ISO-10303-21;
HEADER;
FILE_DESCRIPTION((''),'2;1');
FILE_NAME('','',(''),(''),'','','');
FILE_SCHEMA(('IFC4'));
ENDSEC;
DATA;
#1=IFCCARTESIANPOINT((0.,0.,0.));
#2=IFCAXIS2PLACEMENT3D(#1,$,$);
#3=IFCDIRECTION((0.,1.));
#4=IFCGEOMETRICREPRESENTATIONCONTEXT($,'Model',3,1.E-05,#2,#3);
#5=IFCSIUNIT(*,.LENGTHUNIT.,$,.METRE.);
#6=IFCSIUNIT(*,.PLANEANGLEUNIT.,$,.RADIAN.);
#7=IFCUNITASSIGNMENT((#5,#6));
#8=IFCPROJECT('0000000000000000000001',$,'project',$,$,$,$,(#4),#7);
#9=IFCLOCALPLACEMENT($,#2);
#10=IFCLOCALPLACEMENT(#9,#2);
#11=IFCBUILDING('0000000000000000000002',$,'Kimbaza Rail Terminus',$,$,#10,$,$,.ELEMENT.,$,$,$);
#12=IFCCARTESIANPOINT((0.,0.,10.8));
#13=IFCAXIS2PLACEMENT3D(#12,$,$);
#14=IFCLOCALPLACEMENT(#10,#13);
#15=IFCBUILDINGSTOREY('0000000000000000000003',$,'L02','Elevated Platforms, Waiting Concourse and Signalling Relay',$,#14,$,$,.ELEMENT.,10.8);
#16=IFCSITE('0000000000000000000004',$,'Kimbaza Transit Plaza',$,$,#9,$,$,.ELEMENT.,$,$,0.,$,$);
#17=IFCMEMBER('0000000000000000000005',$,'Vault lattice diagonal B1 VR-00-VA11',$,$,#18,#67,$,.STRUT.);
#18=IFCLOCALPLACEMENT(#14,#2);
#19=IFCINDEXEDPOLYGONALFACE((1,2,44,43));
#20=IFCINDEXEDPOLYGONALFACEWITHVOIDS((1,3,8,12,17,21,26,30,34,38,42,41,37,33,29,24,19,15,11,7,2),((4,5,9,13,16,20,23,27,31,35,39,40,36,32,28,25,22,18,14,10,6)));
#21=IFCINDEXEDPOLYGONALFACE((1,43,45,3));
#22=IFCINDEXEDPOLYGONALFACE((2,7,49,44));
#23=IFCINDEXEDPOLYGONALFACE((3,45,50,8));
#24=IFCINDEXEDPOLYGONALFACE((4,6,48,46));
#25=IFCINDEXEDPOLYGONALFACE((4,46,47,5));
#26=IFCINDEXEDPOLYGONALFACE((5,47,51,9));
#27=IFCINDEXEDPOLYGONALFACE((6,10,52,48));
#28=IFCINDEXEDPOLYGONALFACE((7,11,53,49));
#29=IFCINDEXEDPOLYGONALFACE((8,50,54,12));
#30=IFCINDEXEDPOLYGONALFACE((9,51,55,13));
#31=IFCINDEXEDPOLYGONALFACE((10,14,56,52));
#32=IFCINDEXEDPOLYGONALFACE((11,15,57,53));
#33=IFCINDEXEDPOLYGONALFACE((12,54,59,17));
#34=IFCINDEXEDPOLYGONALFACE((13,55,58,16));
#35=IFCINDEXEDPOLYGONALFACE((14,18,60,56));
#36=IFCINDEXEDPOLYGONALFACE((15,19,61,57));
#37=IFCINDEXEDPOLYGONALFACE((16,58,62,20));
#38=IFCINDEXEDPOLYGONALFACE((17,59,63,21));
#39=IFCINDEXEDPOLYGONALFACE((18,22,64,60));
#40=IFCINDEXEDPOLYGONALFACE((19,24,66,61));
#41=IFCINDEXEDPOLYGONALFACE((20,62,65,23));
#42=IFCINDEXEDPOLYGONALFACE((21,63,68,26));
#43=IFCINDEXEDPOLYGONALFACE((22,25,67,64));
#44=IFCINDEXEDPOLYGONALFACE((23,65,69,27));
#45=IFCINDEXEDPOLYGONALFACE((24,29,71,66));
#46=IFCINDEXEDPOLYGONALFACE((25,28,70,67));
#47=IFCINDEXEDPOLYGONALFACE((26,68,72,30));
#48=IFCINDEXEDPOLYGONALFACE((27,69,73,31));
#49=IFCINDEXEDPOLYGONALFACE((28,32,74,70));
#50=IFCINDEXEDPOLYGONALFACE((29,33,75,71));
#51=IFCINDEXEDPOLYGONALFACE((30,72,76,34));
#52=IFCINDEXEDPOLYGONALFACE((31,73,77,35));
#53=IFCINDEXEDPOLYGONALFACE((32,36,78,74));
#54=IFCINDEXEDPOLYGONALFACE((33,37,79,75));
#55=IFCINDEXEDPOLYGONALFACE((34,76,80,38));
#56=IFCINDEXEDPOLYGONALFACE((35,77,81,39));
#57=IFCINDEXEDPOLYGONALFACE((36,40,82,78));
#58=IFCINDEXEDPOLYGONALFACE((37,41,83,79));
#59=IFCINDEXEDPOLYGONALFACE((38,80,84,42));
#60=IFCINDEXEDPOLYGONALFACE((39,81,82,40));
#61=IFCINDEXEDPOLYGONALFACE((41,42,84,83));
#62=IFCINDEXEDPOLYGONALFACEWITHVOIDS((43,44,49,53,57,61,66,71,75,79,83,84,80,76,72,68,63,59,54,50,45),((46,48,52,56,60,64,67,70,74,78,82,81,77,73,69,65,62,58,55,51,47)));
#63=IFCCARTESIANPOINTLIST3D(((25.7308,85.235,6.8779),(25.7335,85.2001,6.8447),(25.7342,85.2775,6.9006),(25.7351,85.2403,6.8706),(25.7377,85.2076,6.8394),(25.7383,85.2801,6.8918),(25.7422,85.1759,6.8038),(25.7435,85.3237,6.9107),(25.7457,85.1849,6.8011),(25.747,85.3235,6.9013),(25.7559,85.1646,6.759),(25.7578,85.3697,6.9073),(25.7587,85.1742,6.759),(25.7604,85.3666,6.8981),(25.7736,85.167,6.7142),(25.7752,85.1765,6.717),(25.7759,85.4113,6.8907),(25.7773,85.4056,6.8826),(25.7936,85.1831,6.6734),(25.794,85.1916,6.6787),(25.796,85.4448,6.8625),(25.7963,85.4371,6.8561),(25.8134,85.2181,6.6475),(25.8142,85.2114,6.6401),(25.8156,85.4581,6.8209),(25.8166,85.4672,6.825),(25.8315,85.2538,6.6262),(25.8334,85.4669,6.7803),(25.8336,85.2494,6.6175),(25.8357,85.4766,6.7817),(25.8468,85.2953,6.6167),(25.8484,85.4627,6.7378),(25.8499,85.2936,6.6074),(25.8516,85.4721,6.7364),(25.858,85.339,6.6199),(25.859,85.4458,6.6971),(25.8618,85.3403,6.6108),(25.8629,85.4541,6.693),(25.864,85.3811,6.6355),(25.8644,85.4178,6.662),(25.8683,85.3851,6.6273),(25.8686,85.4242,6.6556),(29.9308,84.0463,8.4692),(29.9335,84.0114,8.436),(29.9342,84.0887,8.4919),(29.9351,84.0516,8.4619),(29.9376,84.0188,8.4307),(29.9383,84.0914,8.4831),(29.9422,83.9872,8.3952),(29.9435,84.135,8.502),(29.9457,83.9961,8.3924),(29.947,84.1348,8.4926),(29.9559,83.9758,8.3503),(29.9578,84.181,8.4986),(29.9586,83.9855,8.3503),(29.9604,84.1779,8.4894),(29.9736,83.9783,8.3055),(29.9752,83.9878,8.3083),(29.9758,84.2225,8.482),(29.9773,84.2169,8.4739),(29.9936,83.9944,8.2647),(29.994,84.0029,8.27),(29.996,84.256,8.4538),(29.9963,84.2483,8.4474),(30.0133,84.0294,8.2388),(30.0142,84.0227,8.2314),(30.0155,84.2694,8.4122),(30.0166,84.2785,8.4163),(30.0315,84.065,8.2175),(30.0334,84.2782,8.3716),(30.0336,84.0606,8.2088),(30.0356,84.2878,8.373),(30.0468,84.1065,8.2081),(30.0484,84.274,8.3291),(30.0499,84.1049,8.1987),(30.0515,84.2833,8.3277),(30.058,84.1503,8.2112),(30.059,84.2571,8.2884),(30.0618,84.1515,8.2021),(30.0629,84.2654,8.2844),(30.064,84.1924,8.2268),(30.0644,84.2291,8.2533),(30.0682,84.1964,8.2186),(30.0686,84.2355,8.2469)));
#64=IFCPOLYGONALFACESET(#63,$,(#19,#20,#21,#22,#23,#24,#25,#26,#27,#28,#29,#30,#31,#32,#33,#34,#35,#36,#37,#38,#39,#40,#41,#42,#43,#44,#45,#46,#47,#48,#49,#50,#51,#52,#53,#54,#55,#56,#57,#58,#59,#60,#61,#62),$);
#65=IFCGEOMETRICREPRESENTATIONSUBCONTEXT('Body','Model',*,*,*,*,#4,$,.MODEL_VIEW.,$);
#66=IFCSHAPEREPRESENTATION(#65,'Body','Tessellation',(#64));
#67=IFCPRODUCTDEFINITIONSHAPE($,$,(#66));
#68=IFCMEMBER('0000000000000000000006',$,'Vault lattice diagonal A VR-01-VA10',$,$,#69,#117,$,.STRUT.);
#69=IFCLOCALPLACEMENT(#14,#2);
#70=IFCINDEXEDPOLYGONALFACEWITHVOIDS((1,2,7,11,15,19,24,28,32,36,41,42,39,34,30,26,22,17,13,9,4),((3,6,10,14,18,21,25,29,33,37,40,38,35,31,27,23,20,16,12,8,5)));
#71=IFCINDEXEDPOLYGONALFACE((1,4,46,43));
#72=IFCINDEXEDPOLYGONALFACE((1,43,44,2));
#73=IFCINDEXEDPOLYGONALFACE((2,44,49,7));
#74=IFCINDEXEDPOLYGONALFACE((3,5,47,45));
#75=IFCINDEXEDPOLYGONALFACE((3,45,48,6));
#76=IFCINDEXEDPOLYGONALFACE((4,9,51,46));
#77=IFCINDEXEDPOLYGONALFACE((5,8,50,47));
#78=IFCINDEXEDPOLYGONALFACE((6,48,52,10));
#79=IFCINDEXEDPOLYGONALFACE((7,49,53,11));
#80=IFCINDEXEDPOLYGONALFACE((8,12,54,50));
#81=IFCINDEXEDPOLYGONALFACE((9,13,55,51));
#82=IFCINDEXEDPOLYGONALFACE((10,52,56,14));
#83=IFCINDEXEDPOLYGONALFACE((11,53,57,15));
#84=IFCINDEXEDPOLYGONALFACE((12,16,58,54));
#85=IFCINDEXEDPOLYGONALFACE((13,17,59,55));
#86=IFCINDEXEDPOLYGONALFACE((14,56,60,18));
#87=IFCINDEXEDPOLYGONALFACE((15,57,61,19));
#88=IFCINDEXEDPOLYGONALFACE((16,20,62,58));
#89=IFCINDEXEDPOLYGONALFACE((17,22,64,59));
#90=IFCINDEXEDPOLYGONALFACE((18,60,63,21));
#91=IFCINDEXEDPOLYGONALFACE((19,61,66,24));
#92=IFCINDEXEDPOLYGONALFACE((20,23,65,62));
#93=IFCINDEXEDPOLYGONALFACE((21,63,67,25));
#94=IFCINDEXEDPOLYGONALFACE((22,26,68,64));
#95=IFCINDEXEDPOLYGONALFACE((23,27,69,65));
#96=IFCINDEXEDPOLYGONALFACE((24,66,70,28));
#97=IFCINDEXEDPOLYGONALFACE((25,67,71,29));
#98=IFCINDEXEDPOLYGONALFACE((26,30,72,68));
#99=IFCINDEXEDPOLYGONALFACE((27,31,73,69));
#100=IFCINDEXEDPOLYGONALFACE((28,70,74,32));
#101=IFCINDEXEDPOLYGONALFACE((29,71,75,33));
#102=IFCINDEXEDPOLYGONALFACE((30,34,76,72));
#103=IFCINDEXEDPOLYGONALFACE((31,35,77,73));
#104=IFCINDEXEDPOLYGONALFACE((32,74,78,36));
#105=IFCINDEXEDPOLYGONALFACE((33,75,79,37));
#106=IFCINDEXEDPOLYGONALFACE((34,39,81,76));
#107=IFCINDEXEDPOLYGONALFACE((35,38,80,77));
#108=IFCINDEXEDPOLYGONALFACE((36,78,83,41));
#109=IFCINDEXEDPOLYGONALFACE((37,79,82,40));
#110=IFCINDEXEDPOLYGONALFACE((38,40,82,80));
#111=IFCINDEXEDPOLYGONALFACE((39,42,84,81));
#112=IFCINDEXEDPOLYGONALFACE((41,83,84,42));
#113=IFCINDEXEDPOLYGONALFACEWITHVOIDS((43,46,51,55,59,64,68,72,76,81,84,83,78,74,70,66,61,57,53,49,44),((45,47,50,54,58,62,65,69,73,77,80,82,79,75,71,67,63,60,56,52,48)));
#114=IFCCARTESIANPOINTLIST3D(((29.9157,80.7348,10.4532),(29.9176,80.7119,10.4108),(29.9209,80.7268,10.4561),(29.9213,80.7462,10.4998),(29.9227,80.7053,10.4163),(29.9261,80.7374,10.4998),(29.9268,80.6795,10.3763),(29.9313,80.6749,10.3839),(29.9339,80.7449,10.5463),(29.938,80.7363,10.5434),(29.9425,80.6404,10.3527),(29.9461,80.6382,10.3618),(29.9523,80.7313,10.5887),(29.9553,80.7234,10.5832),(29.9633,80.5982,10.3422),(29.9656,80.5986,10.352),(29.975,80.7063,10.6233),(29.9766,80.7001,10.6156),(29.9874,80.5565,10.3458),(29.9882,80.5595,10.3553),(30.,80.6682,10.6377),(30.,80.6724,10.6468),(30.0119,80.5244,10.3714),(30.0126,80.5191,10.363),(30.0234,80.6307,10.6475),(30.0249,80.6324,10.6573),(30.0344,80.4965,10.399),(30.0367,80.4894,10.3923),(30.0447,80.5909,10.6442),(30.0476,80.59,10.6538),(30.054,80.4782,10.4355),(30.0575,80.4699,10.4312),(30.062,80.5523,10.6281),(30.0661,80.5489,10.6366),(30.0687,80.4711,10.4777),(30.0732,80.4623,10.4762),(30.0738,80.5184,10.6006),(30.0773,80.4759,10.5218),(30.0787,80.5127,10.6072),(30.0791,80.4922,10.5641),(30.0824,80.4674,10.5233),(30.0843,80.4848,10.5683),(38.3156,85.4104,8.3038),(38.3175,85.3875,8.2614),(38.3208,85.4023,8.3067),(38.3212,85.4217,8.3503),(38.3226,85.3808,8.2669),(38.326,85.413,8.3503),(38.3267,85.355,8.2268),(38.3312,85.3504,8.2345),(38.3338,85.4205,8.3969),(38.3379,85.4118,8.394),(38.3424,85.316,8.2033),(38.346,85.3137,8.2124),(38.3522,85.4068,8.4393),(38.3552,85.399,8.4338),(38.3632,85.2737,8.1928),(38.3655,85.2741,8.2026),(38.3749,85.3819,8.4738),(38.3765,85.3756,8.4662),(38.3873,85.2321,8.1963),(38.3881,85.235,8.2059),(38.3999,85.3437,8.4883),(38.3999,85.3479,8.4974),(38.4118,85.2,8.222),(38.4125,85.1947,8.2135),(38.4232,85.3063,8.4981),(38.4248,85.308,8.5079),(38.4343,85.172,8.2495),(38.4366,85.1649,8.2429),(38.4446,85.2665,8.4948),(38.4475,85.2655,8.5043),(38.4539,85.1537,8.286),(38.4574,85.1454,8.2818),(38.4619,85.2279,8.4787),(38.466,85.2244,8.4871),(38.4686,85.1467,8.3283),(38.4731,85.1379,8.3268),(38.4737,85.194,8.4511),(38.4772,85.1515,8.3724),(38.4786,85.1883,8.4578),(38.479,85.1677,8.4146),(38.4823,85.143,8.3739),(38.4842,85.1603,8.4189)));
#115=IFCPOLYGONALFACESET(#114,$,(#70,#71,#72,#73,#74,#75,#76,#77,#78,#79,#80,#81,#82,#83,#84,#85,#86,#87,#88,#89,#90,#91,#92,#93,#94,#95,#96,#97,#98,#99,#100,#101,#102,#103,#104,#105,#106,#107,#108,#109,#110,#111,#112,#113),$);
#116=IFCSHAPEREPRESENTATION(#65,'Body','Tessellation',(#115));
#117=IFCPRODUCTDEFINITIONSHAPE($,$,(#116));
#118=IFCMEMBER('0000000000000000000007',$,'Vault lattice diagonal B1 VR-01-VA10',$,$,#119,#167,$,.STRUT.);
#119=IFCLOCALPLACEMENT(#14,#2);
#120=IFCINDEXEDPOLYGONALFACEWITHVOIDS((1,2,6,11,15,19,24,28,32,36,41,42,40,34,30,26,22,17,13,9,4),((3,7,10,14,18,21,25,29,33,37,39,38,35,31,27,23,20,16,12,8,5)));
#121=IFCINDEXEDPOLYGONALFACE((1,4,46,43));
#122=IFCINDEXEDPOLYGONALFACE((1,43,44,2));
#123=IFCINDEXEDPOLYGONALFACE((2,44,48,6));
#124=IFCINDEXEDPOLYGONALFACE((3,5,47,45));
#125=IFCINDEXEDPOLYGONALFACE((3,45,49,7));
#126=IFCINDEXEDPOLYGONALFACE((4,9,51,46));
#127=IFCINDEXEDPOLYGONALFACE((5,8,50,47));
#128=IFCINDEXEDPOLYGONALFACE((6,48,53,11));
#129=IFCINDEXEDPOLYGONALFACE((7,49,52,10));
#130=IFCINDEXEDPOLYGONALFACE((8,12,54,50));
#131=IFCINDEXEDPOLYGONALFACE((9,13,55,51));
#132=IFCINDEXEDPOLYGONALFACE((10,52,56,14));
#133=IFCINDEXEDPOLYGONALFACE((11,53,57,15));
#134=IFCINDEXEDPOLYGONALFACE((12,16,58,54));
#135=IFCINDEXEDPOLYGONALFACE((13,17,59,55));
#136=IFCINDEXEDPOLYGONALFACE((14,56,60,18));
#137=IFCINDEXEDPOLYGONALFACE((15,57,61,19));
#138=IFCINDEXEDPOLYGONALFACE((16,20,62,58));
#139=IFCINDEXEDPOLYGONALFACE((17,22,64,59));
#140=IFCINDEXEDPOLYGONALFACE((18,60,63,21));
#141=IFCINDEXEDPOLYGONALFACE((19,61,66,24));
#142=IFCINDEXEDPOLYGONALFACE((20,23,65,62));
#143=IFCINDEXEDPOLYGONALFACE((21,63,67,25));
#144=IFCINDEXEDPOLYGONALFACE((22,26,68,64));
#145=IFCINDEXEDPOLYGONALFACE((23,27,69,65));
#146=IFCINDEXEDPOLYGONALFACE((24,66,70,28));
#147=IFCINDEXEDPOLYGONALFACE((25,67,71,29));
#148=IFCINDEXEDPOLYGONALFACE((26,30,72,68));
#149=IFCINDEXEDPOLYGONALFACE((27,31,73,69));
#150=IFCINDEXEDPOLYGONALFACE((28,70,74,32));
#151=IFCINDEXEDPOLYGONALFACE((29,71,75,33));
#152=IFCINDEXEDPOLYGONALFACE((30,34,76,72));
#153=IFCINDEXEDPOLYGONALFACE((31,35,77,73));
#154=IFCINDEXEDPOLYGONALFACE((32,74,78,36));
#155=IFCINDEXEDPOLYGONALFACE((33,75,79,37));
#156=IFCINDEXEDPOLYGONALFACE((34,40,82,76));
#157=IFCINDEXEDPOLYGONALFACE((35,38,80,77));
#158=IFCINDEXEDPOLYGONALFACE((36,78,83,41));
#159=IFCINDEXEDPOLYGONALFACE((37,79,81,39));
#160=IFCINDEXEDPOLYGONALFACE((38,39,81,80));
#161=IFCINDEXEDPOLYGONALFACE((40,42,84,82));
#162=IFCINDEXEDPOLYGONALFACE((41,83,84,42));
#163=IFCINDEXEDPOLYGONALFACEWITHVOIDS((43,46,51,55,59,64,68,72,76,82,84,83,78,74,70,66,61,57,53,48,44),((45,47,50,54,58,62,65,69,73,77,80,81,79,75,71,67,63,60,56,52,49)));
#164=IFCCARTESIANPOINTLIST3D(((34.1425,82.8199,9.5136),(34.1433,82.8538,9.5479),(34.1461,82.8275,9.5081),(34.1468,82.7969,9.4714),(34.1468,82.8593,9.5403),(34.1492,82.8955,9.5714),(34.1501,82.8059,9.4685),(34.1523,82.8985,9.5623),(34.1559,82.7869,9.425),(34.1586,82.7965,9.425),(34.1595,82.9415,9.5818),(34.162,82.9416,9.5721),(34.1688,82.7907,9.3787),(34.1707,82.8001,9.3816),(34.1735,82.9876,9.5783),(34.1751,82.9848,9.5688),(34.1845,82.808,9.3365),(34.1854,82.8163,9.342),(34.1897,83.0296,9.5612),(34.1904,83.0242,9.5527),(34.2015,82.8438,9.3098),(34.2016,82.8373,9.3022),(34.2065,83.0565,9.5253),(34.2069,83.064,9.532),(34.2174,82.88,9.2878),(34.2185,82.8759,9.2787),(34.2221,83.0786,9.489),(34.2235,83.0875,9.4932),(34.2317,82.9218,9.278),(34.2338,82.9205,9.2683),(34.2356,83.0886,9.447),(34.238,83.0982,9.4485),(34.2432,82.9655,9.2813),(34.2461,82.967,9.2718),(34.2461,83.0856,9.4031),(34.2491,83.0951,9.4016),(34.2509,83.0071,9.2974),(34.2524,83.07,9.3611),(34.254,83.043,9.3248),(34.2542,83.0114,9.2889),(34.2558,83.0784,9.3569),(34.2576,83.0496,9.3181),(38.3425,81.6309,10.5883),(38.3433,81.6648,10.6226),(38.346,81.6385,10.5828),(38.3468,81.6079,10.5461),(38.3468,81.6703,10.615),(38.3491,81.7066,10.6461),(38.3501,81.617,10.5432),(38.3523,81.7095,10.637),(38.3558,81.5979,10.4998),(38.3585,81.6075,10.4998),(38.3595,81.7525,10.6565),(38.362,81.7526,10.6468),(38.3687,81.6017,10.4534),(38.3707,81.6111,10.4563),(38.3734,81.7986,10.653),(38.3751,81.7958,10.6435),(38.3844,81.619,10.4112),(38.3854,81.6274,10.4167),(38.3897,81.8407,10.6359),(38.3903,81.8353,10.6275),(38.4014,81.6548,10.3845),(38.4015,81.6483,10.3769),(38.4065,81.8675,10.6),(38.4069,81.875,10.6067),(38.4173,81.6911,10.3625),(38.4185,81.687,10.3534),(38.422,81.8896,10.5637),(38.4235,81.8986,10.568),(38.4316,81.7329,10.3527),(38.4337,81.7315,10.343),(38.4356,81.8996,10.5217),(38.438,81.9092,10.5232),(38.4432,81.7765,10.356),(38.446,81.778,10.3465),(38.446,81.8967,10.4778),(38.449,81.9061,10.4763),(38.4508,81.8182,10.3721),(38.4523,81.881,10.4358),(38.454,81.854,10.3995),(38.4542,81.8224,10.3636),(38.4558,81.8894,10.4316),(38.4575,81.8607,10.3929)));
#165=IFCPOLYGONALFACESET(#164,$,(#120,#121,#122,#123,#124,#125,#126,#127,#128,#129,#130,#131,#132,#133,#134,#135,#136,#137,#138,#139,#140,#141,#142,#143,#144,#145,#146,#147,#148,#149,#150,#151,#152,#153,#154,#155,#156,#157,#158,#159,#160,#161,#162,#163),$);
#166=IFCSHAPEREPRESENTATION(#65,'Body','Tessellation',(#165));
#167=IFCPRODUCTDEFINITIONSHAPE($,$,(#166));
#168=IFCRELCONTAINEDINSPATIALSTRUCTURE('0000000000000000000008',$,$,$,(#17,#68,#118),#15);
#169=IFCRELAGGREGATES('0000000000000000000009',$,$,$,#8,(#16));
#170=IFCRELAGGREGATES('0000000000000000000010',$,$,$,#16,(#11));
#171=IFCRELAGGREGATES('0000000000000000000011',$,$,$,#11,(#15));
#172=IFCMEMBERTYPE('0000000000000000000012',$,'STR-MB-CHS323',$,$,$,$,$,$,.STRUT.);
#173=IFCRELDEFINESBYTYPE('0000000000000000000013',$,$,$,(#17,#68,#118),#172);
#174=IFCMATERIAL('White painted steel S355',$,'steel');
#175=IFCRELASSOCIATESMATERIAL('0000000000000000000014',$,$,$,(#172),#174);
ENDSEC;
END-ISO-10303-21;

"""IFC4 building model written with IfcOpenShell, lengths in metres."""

from ifc_helpers import new_model, si_unit, direction, frame, origin, origin_2d, place, context, subcontext, project, spatial, hollow_circle, extrude, material, material_profile, profile_set, type_object, element, save


model = new_model("IFC4")

# Units and contexts
model_context = context("Model", 3, precision=1e-05, world=origin(), true_north=direction((0.0, 1.0)))
body_context = subcontext(model_context, "Body", "Model", "MODEL_VIEW")
ifc_project = project(units=[si_unit("LENGTHUNIT", "METRE"), si_unit("PLANEANGLEUNIT", "RADIAN")], contexts=[model_context])

# Site, building, storey
site_placement = place(None, origin())
site = spatial("IfcSite", under=ifc_project, at=site_placement, Name="Kimbaza Transit Plaza", CompositionType="ELEMENT", RefElevation=0.0)
building_placement = place(site_placement, origin())
building = spatial("IfcBuilding", under=site, at=building_placement, Name="Kimbaza Rail Terminus", CompositionType="ELEMENT")
storey_placement = place(building_placement, frame((0.0, 0.0, 10.8)))
storey = spatial("IfcBuildingStorey", under=building, at=storey_placement, Name="L02", Description="Elevated Platforms, Waiting Concourse and Signalling Relay", CompositionType="ELEMENT", Elevation=10.8)

# Members
ifc_material_1 = material(Name="White painted steel S355", Category="steel")
ifc_material_profile_1 = material_profile(ifc_material_1, hollow_circle(Radius=0.1619, WallThickness=0.01, at=origin_2d()), Name="CHS 323.9x10")
ifc_profile_set_1 = profile_set([ifc_material_profile_1], Name="White painted steel S355")
member_type_1 = type_object("IfcMemberType", Name="STR-MB-CHS323", PredefinedType="STRUT", material=ifc_profile_set_1)
member_1_placement = place(storey_placement, frame((30.0, 84.1316, 8.3503), z_axis=(-0.904001, 0.255861, -0.342515), x_axis=(-0.272334, -0.962203, 0.0)))
element("IfcMember", 1, at=member_1_placement, inside=storey, type_object=member_type_1, Name="Vault lattice diagonal B1 VR-00-VA11", PredefinedType="STRUT", context=body_context, shape_type="SweptSolid", body=[
    extrude(hollow_circle(Radius=0.1619, WallThickness=0.01, at=origin_2d()), origin(), (0.0, 0.0, 1.0), 4.646),
])
member_2_placement = place(storey_placement, frame((30.0, 80.6047, 10.4998), z_axis=(0.85271, 0.474633, -0.218196), x_axis=(-0.486352, 0.873763, 0.0)))
element("IfcMember", 2, at=member_2_placement, inside=storey, type_object=member_type_1, Name="Vault lattice diagonal A VR-01-VA10", PredefinedType="STRUT", context=body_context, shape_type="SweptSolid", body=[
    extrude(hollow_circle(Radius=0.1619, WallThickness=0.01, at=origin_2d()), origin(), (0.0, 0.0, 1.0), 9.8508),
])
for number, where, z_axis, x_axis, name in (
    (3, (38.3999, 81.7537, 10.4998), (-0.934287, 0.264487, -0.239071), (-0.272386, -0.962188, 0.0), "Vault lattice diagonal B1 VR-01-VA10"),
):
    element("IfcMember", number, at=place(storey_placement, frame(where, z_axis=z_axis, x_axis=x_axis)), inside=storey, type_object=member_type_1, Name=name, PredefinedType="STRUT", context=body_context, shape_type="SweptSolid", body=[
        extrude(hollow_circle(Radius=0.1619, WallThickness=0.01, at=origin_2d()), origin(), (0.0, 0.0, 1.0), 4.4954),
    ])

save(model, "model.ifc")
